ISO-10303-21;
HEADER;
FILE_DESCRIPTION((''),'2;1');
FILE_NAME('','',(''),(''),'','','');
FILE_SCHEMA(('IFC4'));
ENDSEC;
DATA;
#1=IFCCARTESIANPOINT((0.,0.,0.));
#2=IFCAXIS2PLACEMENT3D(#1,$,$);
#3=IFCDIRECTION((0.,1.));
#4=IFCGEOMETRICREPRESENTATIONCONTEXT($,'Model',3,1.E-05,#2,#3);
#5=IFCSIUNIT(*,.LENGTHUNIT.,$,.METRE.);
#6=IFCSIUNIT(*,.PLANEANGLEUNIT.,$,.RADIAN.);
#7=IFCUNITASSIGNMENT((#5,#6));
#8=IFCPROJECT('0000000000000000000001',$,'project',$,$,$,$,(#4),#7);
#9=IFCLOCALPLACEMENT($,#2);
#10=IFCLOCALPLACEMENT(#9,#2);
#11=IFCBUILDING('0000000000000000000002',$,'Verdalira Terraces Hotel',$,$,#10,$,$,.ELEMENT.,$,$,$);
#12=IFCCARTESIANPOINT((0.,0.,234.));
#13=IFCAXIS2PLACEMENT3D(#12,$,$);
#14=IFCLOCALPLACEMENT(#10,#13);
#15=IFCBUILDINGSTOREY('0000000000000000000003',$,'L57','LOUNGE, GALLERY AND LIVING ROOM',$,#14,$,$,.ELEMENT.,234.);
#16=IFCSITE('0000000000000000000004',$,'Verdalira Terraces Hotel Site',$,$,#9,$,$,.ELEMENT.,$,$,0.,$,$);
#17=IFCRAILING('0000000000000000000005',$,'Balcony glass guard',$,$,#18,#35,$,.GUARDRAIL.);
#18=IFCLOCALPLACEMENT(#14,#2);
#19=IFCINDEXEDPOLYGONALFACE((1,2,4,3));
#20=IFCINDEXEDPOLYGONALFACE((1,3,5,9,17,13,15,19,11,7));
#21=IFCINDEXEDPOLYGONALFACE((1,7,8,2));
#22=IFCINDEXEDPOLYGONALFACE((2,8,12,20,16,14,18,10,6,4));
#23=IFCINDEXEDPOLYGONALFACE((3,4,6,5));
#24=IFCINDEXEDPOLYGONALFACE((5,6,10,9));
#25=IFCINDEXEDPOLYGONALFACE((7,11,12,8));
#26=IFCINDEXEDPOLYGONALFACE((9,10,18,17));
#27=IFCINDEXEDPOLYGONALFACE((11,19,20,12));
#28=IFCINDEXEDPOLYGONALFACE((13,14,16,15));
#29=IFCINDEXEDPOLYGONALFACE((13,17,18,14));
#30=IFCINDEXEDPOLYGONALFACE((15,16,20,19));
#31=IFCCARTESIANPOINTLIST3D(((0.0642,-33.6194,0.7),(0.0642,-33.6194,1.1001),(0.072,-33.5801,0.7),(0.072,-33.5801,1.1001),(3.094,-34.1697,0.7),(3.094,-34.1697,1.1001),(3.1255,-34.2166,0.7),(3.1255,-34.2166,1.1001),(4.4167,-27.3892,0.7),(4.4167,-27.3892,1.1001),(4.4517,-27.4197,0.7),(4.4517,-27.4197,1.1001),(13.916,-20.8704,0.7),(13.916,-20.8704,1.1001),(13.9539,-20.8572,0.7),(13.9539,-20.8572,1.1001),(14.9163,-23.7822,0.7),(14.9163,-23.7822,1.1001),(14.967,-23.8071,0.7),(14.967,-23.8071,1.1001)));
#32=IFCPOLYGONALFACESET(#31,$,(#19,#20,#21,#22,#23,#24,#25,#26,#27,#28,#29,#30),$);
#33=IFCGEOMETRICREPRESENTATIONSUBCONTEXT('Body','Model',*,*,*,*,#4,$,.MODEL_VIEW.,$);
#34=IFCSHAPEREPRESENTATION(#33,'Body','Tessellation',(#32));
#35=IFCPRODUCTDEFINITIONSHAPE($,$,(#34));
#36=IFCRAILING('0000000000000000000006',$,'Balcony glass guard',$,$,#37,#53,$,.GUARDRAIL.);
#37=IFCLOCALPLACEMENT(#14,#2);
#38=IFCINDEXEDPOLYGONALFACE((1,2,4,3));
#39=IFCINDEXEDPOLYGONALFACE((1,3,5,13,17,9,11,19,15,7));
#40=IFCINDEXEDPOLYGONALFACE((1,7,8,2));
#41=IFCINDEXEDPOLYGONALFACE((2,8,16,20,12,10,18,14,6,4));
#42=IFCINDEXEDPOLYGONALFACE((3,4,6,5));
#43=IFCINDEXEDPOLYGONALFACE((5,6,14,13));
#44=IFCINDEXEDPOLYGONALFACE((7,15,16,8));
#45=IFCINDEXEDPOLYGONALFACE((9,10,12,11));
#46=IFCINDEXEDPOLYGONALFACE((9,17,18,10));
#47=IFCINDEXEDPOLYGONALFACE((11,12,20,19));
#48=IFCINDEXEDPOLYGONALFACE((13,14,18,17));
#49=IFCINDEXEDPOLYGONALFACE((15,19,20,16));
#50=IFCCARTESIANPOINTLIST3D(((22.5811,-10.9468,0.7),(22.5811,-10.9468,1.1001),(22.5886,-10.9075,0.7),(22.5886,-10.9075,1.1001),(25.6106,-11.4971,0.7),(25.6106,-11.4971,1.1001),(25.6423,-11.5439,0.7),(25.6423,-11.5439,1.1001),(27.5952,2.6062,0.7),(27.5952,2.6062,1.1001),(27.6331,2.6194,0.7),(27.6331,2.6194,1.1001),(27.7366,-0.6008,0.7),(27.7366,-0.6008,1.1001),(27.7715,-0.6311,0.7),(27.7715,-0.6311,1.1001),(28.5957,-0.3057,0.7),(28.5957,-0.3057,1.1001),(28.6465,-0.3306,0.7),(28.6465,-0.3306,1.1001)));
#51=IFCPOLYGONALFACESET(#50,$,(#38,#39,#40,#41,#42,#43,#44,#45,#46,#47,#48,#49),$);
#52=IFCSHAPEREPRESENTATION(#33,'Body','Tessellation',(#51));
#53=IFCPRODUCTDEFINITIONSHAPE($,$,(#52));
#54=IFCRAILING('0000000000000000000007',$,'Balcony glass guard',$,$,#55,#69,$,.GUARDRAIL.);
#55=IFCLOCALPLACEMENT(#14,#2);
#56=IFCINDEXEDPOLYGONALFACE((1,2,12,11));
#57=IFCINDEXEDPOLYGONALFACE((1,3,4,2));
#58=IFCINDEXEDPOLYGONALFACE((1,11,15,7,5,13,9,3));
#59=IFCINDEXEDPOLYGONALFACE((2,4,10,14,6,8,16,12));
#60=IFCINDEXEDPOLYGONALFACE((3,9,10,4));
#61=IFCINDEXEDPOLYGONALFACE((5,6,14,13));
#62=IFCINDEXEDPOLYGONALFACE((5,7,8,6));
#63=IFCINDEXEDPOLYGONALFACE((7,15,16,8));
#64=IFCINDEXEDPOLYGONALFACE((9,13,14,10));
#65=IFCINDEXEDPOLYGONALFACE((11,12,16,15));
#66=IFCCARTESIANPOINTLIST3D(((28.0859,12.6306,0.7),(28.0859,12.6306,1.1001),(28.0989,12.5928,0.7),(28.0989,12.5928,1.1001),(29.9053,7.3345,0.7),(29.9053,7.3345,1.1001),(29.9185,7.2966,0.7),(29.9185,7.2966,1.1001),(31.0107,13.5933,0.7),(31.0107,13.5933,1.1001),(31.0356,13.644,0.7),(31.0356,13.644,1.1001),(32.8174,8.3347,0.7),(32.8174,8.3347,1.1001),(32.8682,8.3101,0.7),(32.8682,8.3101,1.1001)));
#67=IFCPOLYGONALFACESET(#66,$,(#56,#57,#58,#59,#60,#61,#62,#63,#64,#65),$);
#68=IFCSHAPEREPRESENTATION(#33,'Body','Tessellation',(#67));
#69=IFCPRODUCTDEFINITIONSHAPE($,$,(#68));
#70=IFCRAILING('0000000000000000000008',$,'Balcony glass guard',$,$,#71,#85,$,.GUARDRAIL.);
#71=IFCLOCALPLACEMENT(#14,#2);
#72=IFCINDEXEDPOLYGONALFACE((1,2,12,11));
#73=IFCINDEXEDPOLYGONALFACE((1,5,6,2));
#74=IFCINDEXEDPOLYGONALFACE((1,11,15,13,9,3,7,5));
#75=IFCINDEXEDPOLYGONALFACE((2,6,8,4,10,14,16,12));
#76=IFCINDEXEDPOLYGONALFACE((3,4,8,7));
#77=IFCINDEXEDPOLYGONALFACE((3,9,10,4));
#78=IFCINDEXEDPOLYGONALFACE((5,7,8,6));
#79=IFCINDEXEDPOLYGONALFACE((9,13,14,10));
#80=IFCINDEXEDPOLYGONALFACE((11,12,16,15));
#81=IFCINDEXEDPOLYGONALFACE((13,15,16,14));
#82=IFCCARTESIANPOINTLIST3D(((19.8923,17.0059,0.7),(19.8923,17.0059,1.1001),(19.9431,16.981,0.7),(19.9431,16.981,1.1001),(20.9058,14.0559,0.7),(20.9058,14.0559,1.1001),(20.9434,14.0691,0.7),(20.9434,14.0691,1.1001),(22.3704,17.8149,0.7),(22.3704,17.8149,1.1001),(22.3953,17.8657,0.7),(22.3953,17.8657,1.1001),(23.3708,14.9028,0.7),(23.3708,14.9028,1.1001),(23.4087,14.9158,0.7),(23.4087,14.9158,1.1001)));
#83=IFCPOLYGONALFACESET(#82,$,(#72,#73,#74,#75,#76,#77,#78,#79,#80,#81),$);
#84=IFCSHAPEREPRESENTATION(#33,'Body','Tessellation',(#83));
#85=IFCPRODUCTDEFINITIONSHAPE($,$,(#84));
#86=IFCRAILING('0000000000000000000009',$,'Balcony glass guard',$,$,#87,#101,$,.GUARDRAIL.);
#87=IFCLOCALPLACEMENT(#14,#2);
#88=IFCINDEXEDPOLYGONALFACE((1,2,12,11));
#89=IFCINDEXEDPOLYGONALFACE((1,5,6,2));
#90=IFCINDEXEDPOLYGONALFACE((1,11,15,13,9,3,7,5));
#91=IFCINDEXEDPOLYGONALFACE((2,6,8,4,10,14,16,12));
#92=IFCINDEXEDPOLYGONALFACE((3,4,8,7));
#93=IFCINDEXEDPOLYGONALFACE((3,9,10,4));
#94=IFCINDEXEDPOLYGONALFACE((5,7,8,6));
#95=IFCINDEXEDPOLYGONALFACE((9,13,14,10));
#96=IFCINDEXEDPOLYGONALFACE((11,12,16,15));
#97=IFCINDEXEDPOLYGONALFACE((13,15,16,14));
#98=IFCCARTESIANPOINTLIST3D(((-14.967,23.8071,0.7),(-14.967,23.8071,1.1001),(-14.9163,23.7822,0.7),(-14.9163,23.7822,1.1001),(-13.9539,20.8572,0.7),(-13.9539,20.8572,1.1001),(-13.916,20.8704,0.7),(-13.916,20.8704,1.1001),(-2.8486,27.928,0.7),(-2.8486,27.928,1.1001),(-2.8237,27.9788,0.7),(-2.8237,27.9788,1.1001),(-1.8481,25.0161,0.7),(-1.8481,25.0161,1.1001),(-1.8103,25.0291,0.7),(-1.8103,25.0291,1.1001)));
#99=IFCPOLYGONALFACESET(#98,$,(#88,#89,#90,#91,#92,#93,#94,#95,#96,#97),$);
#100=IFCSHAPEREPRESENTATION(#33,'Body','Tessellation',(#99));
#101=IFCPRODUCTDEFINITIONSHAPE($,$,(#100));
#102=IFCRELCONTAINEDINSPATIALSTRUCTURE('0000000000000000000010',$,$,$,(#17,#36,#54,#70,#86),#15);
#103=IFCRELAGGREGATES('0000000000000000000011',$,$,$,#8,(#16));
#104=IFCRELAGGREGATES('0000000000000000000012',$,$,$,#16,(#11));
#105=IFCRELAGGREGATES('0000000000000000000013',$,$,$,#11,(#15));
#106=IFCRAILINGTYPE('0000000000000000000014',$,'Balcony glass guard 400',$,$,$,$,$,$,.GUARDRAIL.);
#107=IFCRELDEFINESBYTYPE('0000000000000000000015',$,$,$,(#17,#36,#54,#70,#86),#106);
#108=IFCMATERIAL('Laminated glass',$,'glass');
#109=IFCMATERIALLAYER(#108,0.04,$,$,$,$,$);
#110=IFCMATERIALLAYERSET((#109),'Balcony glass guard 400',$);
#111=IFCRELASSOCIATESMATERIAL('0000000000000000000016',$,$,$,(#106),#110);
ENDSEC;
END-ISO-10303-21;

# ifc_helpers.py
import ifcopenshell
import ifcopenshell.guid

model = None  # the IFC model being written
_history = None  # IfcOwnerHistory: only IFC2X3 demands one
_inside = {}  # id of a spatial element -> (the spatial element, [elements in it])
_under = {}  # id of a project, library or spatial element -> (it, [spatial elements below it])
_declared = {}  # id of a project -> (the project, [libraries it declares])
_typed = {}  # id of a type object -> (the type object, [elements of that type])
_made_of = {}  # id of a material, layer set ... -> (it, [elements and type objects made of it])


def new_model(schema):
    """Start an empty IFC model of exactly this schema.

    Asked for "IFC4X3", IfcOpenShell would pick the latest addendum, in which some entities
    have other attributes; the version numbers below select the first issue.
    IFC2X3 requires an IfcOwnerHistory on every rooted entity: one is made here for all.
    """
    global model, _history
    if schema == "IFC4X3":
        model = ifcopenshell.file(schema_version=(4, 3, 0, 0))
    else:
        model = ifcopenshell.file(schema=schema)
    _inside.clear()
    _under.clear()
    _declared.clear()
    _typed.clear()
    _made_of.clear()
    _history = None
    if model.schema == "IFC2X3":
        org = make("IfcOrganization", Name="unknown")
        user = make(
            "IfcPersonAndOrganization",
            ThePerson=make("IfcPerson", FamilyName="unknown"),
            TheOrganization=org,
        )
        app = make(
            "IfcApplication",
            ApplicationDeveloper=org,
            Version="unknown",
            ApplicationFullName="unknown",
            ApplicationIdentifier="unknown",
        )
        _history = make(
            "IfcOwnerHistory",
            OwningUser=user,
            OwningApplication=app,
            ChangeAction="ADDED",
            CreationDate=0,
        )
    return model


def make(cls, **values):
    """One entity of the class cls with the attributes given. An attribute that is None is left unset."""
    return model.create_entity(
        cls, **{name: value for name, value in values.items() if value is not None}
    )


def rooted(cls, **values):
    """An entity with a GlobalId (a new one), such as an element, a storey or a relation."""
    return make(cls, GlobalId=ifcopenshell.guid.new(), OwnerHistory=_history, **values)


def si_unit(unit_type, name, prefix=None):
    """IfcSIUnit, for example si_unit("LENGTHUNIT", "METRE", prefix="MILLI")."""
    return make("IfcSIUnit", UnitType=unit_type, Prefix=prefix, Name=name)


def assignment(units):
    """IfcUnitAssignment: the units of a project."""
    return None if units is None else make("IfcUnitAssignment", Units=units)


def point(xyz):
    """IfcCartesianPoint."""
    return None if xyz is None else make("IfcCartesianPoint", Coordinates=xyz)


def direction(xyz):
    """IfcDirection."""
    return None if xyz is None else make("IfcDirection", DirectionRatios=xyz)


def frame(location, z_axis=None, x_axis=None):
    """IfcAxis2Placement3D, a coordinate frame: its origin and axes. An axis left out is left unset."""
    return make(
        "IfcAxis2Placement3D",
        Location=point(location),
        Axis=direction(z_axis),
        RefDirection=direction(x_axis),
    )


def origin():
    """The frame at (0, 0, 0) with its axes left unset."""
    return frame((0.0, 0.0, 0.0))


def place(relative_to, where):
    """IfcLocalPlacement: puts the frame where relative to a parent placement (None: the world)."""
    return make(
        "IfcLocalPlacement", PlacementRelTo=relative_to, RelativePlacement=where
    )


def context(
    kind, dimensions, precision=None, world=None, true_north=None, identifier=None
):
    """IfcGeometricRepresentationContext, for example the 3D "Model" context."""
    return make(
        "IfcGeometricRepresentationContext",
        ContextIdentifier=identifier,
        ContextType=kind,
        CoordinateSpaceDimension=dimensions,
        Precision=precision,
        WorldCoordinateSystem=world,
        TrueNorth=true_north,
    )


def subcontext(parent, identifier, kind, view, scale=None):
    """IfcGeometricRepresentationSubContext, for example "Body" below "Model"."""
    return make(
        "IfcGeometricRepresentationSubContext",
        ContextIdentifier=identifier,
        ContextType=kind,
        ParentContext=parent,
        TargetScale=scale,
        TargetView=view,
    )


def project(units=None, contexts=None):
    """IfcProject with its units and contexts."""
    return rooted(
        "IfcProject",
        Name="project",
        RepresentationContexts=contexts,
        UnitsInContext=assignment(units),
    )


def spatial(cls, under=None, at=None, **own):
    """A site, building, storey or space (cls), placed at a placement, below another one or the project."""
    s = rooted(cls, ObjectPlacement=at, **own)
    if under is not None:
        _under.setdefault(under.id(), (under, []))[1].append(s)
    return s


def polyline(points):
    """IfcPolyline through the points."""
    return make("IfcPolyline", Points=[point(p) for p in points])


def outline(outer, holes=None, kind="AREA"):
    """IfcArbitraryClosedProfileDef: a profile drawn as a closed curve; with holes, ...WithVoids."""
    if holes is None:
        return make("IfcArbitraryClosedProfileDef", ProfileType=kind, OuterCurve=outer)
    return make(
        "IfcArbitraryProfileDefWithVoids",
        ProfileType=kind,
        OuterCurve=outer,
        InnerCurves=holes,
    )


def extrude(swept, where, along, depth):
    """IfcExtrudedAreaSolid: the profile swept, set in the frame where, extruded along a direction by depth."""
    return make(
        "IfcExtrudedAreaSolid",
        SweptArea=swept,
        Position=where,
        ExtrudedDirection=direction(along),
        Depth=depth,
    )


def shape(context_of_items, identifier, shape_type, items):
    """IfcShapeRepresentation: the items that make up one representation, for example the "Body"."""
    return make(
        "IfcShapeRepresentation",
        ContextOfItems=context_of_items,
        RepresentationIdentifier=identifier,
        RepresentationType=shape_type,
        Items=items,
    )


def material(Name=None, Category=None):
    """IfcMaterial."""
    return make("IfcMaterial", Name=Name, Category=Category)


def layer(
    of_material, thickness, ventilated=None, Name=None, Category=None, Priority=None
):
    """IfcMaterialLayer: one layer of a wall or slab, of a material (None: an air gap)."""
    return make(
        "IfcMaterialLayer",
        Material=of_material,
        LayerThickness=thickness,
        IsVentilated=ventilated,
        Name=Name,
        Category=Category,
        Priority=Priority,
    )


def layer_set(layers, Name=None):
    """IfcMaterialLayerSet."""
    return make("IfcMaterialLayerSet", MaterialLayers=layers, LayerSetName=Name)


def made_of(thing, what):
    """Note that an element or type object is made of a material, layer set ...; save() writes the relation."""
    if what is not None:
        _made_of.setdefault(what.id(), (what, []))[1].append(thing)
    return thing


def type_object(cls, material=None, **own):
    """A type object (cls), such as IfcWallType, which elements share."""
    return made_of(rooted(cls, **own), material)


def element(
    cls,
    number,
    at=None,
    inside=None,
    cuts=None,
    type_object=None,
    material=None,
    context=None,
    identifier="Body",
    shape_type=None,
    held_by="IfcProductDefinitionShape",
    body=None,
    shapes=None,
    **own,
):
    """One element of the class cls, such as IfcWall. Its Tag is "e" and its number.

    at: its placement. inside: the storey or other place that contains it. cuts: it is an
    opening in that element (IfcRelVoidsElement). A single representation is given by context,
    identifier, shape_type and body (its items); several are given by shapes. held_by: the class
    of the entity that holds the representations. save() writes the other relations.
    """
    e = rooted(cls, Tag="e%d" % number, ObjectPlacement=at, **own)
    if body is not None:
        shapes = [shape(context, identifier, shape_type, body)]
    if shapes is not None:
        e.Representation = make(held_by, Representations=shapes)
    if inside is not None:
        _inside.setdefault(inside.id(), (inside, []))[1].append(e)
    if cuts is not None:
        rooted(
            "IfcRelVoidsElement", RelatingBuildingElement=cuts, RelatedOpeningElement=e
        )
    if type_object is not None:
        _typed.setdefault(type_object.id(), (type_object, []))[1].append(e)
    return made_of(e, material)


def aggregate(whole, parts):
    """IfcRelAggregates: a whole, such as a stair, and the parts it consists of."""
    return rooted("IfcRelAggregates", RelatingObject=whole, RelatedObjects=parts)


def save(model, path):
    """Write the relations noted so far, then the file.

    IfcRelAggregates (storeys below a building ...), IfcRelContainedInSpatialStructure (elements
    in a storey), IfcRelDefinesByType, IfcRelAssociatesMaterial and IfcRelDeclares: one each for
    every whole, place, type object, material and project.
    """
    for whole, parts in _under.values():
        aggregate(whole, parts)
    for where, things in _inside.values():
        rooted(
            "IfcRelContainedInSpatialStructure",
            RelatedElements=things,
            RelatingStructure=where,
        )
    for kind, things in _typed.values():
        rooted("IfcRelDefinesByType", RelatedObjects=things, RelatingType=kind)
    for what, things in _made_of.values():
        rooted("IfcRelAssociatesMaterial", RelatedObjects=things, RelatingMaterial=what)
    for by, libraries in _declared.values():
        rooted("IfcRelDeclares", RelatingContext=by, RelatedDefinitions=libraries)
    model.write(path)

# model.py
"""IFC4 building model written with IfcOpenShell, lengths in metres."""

from ifc_helpers import new_model, si_unit, direction, frame, origin, place, context, subcontext, project, spatial, polyline, outline, extrude, material, layer, layer_set, type_object, element, save


model = new_model("IFC4")

# Units and contexts
model_context = context("Model", 3, precision=1e-05, world=origin(), true_north=direction((0.0, 1.0)))
body_context = subcontext(model_context, "Body", "Model", "MODEL_VIEW")
ifc_project = project(units=[si_unit("LENGTHUNIT", "METRE"), si_unit("PLANEANGLEUNIT", "RADIAN")], contexts=[model_context])

# Site, building, storey
site_placement = place(None, origin())
site = spatial("IfcSite", under=ifc_project, at=site_placement, Name="Verdalira Terraces Hotel Site", CompositionType="ELEMENT", RefElevation=0.0)
building_placement = place(site_placement, origin())
building = spatial("IfcBuilding", under=site, at=building_placement, Name="Verdalira Terraces Hotel", CompositionType="ELEMENT")
storey_placement = place(building_placement, frame((0.0, 0.0, 234.0)))
storey = spatial("IfcBuildingStorey", under=building, at=storey_placement, Name="L57", Description="LOUNGE, GALLERY AND LIVING ROOM", CompositionType="ELEMENT", Elevation=234.0)

# Railings
ifc_material_1 = material(Name="Laminated glass", Category="glass")
ifc_layer_1 = layer(ifc_material_1, 0.04)
ifc_layer_set_1 = layer_set([ifc_layer_1], Name="Balcony glass guard 400")
railing_type_1 = type_object("IfcRailingType", Name="Balcony glass guard 400", PredefinedType="GUARDRAIL", material=ifc_layer_set_1)
railing_1_placement = place(storey_placement, frame((0.0, 0.0, 0.7)))
element("IfcRailing", 1, at=railing_1_placement, inside=storey, type_object=railing_type_1, Name="Balcony glass guard", PredefinedType="GUARDRAIL", context=body_context, shape_type="SweptSolid", body=[
    extrude(outline(polyline([(3.094, -34.1697), (4.4167, -27.3892), (14.9163, -23.7822), (13.916, -20.8704), (13.9539, -20.8572), (14.967, -23.8071), (4.4517, -27.4197), (3.1255, -34.2166), (0.0642, -33.6194), (0.072, -33.5801), (3.094, -34.1697)])), origin(), (0.0, 0.0, 1.0), 0.4001),
])
railing_2_placement = place(storey_placement, frame((0.0, 0.0, 0.7)))
element("IfcRailing", 2, at=railing_2_placement, inside=storey, type_object=railing_type_1, Name="Balcony glass guard", PredefinedType="GUARDRAIL", context=body_context, shape_type="SweptSolid", body=[
    extrude(outline(polyline([(25.6106, -11.4971), (27.7366, -0.6008), (28.5957, -0.3057), (27.5952, 2.6062), (27.6331, 2.6194), (28.6465, -0.3306), (27.7715, -0.6311), (25.6423, -11.5439), (22.5811, -10.9468), (22.5886, -10.9075), (25.6106, -11.4971)])), origin(), (0.0, 0.0, 1.0), 0.4001),
])
railing_3_placement = place(storey_placement, frame((0.0, 0.0, 0.7)))
element("IfcRailing", 3, at=railing_3_placement, inside=storey, type_object=railing_type_1, Name="Balcony glass guard", PredefinedType="GUARDRAIL", context=body_context, shape_type="SweptSolid", body=[
    extrude(outline(polyline([(32.8174, 8.3347), (31.0107, 13.5933), (28.0989, 12.5928), (28.0859, 12.6306), (31.0356, 13.644), (32.8682, 8.3101), (29.9185, 7.2966), (29.9053, 7.3345), (32.8174, 8.3347)])), origin(), (0.0, 0.0, 1.0), 0.4001),
])
railing_4_placement = place(storey_placement, frame((0.0, 0.0, 0.7)))
element("IfcRailing", 4, at=railing_4_placement, inside=storey, type_object=railing_type_1, Name="Balcony glass guard", PredefinedType="GUARDRAIL", context=body_context, shape_type="SweptSolid", body=[
    extrude(outline(polyline([(22.3704, 17.8149), (19.9431, 16.981), (20.9434, 14.0691), (20.9058, 14.0559), (19.8923, 17.0059), (22.3953, 17.8657), (23.4087, 14.9158), (23.3709, 14.9028), (22.3704, 17.8149)])), origin(), (0.0, 0.0, 1.0), 0.4001),
])
railing_5_placement = place(storey_placement, frame((0.0, 0.0, 0.7)))
element("IfcRailing", 5, at=railing_5_placement, inside=storey, type_object=railing_type_1, Name="Balcony glass guard", PredefinedType="GUARDRAIL", context=body_context, shape_type="SweptSolid", body=[
    extrude(outline(polyline([(-2.8486, 27.928), (-14.9163, 23.7822), (-13.916, 20.8704), (-13.9539, 20.8572), (-14.967, 23.8071), (-2.8237, 27.9788), (-1.8103, 25.0291), (-1.8481, 25.0161), (-2.8486, 27.928)])), origin(), (0.0, 0.0, 1.0), 0.4001),
])

save(model, "model.ifc")
